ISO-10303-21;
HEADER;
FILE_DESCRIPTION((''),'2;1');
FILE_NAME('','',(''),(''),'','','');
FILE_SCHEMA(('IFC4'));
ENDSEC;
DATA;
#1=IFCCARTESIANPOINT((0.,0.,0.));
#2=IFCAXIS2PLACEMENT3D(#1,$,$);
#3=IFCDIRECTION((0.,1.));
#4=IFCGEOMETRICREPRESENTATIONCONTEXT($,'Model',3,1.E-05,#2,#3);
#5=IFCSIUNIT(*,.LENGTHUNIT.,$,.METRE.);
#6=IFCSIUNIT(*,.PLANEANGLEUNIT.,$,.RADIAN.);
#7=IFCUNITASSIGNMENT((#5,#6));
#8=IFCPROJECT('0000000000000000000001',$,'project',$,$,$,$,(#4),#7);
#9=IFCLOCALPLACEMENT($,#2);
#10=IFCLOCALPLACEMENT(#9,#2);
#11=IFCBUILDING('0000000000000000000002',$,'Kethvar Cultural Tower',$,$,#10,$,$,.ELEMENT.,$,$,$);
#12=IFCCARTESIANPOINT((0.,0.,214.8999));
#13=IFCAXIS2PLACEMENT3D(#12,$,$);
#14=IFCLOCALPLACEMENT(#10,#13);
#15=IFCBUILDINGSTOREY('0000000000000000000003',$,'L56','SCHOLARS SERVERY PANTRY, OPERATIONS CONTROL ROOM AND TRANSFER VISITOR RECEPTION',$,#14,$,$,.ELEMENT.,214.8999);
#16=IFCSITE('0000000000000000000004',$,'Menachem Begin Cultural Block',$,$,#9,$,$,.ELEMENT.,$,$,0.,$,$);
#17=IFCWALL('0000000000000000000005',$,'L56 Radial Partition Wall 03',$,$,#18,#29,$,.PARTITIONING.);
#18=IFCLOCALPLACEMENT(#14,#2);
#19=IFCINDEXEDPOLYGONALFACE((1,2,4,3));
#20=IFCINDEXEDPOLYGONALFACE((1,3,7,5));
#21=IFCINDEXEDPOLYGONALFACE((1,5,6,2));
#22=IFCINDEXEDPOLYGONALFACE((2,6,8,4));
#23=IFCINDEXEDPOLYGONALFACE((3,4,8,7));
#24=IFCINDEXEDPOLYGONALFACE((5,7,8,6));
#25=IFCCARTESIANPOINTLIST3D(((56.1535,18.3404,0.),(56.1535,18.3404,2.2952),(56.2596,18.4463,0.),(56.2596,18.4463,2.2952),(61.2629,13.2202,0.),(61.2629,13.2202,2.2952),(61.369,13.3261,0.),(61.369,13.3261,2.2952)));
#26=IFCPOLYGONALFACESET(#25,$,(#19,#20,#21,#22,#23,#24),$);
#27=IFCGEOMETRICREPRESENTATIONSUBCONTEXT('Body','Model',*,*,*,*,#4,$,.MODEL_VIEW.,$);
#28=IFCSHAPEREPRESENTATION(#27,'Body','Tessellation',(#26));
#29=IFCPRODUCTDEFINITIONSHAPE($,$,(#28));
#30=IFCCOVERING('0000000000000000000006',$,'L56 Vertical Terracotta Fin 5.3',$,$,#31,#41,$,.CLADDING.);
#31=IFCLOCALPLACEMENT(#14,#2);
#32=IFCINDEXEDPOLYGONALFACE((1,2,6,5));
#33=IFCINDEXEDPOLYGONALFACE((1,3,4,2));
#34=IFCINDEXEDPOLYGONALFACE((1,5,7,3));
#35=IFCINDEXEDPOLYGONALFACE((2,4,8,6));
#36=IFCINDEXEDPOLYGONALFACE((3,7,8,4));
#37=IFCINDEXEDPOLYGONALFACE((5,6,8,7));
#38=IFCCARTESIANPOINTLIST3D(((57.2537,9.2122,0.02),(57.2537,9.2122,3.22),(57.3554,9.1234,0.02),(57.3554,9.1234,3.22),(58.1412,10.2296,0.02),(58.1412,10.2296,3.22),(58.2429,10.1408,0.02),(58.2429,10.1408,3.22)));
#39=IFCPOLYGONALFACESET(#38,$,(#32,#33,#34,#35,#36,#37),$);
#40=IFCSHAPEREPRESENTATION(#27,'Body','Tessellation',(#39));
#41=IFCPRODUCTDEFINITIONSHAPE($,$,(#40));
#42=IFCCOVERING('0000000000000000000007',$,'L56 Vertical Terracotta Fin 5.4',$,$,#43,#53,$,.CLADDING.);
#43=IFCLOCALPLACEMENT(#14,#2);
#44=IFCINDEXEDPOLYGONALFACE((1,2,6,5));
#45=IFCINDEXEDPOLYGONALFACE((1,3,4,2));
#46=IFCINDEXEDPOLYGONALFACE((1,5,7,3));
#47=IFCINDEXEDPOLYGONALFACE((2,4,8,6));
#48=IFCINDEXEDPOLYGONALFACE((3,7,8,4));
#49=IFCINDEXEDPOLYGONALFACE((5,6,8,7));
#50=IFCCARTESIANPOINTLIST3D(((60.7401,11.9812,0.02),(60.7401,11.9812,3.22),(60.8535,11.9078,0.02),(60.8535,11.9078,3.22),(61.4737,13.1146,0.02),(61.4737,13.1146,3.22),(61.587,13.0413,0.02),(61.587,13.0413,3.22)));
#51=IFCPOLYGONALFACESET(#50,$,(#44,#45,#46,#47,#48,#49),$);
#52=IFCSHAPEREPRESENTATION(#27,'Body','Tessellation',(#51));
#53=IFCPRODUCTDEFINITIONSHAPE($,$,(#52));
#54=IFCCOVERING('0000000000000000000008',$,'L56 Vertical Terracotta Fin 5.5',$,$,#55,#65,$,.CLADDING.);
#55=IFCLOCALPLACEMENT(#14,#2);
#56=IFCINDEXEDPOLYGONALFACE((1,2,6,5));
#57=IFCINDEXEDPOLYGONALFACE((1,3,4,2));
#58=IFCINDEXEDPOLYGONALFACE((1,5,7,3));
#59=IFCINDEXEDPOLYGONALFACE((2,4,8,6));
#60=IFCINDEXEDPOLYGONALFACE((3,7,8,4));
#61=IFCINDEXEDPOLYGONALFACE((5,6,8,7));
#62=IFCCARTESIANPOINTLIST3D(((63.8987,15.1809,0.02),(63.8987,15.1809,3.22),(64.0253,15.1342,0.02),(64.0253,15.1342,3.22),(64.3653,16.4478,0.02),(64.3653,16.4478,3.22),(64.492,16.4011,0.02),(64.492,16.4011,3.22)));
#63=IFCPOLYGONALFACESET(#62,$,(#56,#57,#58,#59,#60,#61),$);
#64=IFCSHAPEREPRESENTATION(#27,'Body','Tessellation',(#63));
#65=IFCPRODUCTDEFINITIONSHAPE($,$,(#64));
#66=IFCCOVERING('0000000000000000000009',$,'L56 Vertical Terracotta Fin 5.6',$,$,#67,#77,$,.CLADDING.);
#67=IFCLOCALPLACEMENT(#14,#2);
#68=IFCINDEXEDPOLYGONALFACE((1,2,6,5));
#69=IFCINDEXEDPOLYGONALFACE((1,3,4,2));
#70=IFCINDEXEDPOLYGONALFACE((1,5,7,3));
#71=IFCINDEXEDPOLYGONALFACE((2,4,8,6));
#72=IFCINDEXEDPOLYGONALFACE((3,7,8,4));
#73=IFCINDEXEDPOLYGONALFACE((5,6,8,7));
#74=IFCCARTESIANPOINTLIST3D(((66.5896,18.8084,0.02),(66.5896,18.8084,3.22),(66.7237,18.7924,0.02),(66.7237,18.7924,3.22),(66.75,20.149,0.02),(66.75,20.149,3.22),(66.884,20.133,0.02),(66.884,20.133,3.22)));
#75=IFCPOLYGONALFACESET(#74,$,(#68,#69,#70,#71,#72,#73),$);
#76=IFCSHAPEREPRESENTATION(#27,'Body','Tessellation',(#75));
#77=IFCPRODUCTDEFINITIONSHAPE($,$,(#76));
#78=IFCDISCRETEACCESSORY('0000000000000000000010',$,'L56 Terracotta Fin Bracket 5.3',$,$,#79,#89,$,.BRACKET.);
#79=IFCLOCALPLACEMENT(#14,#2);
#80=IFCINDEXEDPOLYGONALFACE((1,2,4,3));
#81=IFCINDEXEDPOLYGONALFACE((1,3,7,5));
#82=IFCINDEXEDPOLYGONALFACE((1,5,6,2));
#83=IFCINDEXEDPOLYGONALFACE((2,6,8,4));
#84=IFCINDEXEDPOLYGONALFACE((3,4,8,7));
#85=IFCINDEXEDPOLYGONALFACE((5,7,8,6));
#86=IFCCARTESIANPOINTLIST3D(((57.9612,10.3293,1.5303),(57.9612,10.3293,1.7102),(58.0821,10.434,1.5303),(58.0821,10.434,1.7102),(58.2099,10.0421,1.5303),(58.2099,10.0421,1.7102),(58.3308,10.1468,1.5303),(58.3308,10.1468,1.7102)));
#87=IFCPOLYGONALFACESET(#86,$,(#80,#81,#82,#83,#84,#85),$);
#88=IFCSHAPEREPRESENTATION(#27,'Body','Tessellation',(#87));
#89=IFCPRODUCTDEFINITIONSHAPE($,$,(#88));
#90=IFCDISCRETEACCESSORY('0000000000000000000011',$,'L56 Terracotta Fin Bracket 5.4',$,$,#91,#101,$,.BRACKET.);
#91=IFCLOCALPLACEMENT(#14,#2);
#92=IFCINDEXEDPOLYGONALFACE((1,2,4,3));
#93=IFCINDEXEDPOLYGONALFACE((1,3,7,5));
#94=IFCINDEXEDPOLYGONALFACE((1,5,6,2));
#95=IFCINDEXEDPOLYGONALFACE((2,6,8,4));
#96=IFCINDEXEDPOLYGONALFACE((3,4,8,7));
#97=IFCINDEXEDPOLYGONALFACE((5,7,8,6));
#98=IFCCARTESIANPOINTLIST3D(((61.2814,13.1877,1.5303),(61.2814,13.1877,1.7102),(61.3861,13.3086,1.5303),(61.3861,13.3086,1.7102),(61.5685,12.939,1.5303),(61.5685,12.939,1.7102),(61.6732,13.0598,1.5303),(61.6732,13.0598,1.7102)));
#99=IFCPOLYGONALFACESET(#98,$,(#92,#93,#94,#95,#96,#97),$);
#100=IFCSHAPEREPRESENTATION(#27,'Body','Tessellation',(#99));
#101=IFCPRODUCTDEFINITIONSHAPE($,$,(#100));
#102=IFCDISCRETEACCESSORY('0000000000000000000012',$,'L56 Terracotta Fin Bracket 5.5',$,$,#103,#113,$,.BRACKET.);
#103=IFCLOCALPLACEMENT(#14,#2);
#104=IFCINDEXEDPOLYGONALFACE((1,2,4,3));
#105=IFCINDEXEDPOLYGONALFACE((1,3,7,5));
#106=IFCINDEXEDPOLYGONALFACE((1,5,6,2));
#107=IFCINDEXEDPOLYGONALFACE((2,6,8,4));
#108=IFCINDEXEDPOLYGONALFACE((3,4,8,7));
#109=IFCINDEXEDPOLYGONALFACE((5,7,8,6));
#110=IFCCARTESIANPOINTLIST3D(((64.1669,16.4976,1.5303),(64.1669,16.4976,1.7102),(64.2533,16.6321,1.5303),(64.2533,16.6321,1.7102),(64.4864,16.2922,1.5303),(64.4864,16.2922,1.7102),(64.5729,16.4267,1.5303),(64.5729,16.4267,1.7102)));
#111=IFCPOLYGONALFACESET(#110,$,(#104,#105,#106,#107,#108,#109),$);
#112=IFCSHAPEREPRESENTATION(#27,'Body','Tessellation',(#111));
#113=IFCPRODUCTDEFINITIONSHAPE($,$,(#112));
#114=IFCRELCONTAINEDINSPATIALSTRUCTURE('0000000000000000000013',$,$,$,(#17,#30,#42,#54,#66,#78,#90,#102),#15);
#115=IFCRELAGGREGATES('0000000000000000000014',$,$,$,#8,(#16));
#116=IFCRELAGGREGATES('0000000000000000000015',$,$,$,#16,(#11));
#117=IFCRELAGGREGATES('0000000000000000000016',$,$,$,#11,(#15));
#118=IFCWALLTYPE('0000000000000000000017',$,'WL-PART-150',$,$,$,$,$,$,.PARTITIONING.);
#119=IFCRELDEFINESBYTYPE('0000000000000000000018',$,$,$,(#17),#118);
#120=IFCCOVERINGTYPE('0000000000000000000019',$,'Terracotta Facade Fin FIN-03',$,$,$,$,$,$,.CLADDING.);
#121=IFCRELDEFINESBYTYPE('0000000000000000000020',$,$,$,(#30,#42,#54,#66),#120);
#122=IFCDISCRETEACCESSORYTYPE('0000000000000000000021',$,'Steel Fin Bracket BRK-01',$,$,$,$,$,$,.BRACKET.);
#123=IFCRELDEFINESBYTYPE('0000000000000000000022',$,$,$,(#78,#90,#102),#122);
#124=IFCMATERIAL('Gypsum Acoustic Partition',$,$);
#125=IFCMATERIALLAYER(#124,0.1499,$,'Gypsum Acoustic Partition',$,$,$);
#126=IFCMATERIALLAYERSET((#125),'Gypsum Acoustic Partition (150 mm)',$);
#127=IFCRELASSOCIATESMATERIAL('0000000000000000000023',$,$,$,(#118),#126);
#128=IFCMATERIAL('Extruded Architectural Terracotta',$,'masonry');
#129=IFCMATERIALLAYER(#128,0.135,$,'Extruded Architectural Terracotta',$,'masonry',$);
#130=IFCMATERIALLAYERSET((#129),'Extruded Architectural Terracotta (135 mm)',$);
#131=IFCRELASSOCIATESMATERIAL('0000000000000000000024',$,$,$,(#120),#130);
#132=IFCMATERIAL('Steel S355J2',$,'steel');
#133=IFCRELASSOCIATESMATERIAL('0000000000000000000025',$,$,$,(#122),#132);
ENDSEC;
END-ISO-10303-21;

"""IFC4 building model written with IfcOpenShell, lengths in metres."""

from ifc_helpers import new_model, si_unit, direction, frame, frame_2d, origin, origin_2d, place, context, subcontext, project, spatial, rectangle, extrude, source, transform, mapped, material, layer, layer_set, type_object, element, save


model = new_model("IFC4")

# Units and contexts
model_context = context("Model", 3, precision=1e-05, world=origin(), true_north=direction((0.0, 1.0)))
body_context = subcontext(model_context, "Body", "Model", "MODEL_VIEW")
ifc_project = project(units=[si_unit("LENGTHUNIT", "METRE"), si_unit("PLANEANGLEUNIT", "RADIAN")], contexts=[model_context])

# Site, building, storey
site_placement = place(None, origin())
site = spatial("IfcSite", under=ifc_project, at=site_placement, Name="Menachem Begin Cultural Block", CompositionType="ELEMENT", RefElevation=0.0)
building_placement = place(site_placement, origin())
building = spatial("IfcBuilding", under=site, at=building_placement, Name="Kethvar Cultural Tower", CompositionType="ELEMENT")
storey_placement = place(building_placement, frame((0.0, 0.0, 214.8999)))
storey = spatial("IfcBuildingStorey", under=building, at=storey_placement, Name="L56", Description="SCHOLARS SERVERY PANTRY, OPERATIONS CONTROL ROOM AND TRANSFER VISITOR RECEPTION", CompositionType="ELEMENT", Elevation=214.8999)

# Shared definitions
ifc_material_1 = material(Name="Steel S355J2", Category="steel")

# Wall
ifc_material_2 = material(Name="Gypsum Acoustic Partition")
ifc_layer_1 = layer(ifc_material_2, 0.1499, Name="Gypsum Acoustic Partition")
ifc_layer_set_1 = layer_set([ifc_layer_1], Name="Gypsum Acoustic Partition (150 mm)")
wall_type_1 = type_object("IfcWallType", Name="WL-PART-150", PredefinedType="PARTITIONING", material=ifc_layer_set_1)
wall_1_placement = place(storey_placement, frame((56.2065, 18.3933, 0.0), z_axis=(0.0, 0.0, 1.0), x_axis=(0.706364, -0.707849, 0.0)))
element("IfcWall", 1, at=wall_1_placement, inside=storey, type_object=wall_type_1, Name="L56 Radial Partition Wall 03", PredefinedType="PARTITIONING", context=body_context, shape_type="SweptSolid", body=[
    extrude(rectangle(XDim=7.2334, YDim=0.1499, at=frame_2d((3.6167, 0.0))), origin(), (0.0, 0.0, 1.0), 2.2952),
])

# Coverings
ifc_material_3 = material(Name="Extruded Architectural Terracotta", Category="masonry")
ifc_layer_2 = layer(ifc_material_3, 0.135, Name="Extruded Architectural Terracotta", Category="masonry")
ifc_layer_set_2 = layer_set([ifc_layer_2], Name="Extruded Architectural Terracotta (135 mm)")
covering_type = type_object("IfcCoveringType", Name="Terracotta Facade Fin FIN-03", PredefinedType="CLADDING", material=ifc_layer_set_2)
shared_shape_1 = source(origin(), body_context, "Body", "SweptSolid", [
    extrude(rectangle(XDim=1.3501, YDim=0.135, at=origin_2d()), origin(), (0.0, 0.0, 1.0), 3.2),
])
for number, where, z_axis, x_axis, name in (
    (2, (57.7483, 9.6765, 0.02), (0.0, 0.0, 1.0), (-0.657375, -0.753563, 0.0), "L56 Vertical Terracotta Fin 5.3"),
    (3, (61.1636, 12.5112, 0.02), (0.0, 0.0, 1.0), (-0.543321, -0.839525, 0.0), "L56 Vertical Terracotta Fin 5.4"),
    (4, (64.1953, 15.791, 0.02), (0.0, 0.0, 1.0), (-0.345626, -0.938372, 0.0), "L56 Vertical Terracotta Fin 5.5"),
    (5, (66.7368, 19.4707, 0.02), (0.0, 0.0, 1.0), (-0.118751, -0.992924, 0.0), "L56 Vertical Terracotta Fin 5.6"),
):
    element("IfcCovering", number, at=place(storey_placement, frame(where, z_axis=z_axis, x_axis=x_axis)), inside=storey, type_object=covering_type, Name=name, PredefinedType="CLADDING", context=body_context, shape_type="MappedRepresentation", body=[
        mapped(shared_shape_1, transform((0.0, 0.0, 0.0), scale=1.0)),
    ])

# Discrete accessories
discrete_accessory_type = type_object("IfcDiscreteAccessoryType", Name="Steel Fin Bracket BRK-01", PredefinedType="BRACKET", material=ifc_material_1)
shared_shape_2 = source(origin(), body_context, "Body", "SweptSolid", [
    extrude(rectangle(XDim=0.3799, YDim=0.1599, at=origin_2d()), origin(), (0.0, 0.0, 1.0), 0.1799),
])
for number, where, z_axis, x_axis, name in (
    (6, (58.146, 10.238, 1.5303), (0.0, 0.0, 1.0), (0.654741, -0.755853, 0.0), "L56 Terracotta Fin Bracket 5.3"),
    (7, (61.4773, 13.1238, 1.5303), (0.0, 0.0, 1.0), (0.755739, -0.654873, 0.0), "L56 Terracotta Fin Bracket 5.4"),
    (8, (64.3699, 16.4622, 1.5303), (0.0, 0.0, 1.0), (0.841133, -0.540828, 0.0), "L56 Terracotta Fin Bracket 5.5"),
):
    element("IfcDiscreteAccessory", number, at=place(storey_placement, frame(where, z_axis=z_axis, x_axis=x_axis)), inside=storey, type_object=discrete_accessory_type, Name=name, PredefinedType="BRACKET", context=body_context, shape_type="MappedRepresentation", body=[
        mapped(shared_shape_2, transform((0.0, 0.0, 0.0), scale=1.0)),
    ])

save(model, "model.ifc")
